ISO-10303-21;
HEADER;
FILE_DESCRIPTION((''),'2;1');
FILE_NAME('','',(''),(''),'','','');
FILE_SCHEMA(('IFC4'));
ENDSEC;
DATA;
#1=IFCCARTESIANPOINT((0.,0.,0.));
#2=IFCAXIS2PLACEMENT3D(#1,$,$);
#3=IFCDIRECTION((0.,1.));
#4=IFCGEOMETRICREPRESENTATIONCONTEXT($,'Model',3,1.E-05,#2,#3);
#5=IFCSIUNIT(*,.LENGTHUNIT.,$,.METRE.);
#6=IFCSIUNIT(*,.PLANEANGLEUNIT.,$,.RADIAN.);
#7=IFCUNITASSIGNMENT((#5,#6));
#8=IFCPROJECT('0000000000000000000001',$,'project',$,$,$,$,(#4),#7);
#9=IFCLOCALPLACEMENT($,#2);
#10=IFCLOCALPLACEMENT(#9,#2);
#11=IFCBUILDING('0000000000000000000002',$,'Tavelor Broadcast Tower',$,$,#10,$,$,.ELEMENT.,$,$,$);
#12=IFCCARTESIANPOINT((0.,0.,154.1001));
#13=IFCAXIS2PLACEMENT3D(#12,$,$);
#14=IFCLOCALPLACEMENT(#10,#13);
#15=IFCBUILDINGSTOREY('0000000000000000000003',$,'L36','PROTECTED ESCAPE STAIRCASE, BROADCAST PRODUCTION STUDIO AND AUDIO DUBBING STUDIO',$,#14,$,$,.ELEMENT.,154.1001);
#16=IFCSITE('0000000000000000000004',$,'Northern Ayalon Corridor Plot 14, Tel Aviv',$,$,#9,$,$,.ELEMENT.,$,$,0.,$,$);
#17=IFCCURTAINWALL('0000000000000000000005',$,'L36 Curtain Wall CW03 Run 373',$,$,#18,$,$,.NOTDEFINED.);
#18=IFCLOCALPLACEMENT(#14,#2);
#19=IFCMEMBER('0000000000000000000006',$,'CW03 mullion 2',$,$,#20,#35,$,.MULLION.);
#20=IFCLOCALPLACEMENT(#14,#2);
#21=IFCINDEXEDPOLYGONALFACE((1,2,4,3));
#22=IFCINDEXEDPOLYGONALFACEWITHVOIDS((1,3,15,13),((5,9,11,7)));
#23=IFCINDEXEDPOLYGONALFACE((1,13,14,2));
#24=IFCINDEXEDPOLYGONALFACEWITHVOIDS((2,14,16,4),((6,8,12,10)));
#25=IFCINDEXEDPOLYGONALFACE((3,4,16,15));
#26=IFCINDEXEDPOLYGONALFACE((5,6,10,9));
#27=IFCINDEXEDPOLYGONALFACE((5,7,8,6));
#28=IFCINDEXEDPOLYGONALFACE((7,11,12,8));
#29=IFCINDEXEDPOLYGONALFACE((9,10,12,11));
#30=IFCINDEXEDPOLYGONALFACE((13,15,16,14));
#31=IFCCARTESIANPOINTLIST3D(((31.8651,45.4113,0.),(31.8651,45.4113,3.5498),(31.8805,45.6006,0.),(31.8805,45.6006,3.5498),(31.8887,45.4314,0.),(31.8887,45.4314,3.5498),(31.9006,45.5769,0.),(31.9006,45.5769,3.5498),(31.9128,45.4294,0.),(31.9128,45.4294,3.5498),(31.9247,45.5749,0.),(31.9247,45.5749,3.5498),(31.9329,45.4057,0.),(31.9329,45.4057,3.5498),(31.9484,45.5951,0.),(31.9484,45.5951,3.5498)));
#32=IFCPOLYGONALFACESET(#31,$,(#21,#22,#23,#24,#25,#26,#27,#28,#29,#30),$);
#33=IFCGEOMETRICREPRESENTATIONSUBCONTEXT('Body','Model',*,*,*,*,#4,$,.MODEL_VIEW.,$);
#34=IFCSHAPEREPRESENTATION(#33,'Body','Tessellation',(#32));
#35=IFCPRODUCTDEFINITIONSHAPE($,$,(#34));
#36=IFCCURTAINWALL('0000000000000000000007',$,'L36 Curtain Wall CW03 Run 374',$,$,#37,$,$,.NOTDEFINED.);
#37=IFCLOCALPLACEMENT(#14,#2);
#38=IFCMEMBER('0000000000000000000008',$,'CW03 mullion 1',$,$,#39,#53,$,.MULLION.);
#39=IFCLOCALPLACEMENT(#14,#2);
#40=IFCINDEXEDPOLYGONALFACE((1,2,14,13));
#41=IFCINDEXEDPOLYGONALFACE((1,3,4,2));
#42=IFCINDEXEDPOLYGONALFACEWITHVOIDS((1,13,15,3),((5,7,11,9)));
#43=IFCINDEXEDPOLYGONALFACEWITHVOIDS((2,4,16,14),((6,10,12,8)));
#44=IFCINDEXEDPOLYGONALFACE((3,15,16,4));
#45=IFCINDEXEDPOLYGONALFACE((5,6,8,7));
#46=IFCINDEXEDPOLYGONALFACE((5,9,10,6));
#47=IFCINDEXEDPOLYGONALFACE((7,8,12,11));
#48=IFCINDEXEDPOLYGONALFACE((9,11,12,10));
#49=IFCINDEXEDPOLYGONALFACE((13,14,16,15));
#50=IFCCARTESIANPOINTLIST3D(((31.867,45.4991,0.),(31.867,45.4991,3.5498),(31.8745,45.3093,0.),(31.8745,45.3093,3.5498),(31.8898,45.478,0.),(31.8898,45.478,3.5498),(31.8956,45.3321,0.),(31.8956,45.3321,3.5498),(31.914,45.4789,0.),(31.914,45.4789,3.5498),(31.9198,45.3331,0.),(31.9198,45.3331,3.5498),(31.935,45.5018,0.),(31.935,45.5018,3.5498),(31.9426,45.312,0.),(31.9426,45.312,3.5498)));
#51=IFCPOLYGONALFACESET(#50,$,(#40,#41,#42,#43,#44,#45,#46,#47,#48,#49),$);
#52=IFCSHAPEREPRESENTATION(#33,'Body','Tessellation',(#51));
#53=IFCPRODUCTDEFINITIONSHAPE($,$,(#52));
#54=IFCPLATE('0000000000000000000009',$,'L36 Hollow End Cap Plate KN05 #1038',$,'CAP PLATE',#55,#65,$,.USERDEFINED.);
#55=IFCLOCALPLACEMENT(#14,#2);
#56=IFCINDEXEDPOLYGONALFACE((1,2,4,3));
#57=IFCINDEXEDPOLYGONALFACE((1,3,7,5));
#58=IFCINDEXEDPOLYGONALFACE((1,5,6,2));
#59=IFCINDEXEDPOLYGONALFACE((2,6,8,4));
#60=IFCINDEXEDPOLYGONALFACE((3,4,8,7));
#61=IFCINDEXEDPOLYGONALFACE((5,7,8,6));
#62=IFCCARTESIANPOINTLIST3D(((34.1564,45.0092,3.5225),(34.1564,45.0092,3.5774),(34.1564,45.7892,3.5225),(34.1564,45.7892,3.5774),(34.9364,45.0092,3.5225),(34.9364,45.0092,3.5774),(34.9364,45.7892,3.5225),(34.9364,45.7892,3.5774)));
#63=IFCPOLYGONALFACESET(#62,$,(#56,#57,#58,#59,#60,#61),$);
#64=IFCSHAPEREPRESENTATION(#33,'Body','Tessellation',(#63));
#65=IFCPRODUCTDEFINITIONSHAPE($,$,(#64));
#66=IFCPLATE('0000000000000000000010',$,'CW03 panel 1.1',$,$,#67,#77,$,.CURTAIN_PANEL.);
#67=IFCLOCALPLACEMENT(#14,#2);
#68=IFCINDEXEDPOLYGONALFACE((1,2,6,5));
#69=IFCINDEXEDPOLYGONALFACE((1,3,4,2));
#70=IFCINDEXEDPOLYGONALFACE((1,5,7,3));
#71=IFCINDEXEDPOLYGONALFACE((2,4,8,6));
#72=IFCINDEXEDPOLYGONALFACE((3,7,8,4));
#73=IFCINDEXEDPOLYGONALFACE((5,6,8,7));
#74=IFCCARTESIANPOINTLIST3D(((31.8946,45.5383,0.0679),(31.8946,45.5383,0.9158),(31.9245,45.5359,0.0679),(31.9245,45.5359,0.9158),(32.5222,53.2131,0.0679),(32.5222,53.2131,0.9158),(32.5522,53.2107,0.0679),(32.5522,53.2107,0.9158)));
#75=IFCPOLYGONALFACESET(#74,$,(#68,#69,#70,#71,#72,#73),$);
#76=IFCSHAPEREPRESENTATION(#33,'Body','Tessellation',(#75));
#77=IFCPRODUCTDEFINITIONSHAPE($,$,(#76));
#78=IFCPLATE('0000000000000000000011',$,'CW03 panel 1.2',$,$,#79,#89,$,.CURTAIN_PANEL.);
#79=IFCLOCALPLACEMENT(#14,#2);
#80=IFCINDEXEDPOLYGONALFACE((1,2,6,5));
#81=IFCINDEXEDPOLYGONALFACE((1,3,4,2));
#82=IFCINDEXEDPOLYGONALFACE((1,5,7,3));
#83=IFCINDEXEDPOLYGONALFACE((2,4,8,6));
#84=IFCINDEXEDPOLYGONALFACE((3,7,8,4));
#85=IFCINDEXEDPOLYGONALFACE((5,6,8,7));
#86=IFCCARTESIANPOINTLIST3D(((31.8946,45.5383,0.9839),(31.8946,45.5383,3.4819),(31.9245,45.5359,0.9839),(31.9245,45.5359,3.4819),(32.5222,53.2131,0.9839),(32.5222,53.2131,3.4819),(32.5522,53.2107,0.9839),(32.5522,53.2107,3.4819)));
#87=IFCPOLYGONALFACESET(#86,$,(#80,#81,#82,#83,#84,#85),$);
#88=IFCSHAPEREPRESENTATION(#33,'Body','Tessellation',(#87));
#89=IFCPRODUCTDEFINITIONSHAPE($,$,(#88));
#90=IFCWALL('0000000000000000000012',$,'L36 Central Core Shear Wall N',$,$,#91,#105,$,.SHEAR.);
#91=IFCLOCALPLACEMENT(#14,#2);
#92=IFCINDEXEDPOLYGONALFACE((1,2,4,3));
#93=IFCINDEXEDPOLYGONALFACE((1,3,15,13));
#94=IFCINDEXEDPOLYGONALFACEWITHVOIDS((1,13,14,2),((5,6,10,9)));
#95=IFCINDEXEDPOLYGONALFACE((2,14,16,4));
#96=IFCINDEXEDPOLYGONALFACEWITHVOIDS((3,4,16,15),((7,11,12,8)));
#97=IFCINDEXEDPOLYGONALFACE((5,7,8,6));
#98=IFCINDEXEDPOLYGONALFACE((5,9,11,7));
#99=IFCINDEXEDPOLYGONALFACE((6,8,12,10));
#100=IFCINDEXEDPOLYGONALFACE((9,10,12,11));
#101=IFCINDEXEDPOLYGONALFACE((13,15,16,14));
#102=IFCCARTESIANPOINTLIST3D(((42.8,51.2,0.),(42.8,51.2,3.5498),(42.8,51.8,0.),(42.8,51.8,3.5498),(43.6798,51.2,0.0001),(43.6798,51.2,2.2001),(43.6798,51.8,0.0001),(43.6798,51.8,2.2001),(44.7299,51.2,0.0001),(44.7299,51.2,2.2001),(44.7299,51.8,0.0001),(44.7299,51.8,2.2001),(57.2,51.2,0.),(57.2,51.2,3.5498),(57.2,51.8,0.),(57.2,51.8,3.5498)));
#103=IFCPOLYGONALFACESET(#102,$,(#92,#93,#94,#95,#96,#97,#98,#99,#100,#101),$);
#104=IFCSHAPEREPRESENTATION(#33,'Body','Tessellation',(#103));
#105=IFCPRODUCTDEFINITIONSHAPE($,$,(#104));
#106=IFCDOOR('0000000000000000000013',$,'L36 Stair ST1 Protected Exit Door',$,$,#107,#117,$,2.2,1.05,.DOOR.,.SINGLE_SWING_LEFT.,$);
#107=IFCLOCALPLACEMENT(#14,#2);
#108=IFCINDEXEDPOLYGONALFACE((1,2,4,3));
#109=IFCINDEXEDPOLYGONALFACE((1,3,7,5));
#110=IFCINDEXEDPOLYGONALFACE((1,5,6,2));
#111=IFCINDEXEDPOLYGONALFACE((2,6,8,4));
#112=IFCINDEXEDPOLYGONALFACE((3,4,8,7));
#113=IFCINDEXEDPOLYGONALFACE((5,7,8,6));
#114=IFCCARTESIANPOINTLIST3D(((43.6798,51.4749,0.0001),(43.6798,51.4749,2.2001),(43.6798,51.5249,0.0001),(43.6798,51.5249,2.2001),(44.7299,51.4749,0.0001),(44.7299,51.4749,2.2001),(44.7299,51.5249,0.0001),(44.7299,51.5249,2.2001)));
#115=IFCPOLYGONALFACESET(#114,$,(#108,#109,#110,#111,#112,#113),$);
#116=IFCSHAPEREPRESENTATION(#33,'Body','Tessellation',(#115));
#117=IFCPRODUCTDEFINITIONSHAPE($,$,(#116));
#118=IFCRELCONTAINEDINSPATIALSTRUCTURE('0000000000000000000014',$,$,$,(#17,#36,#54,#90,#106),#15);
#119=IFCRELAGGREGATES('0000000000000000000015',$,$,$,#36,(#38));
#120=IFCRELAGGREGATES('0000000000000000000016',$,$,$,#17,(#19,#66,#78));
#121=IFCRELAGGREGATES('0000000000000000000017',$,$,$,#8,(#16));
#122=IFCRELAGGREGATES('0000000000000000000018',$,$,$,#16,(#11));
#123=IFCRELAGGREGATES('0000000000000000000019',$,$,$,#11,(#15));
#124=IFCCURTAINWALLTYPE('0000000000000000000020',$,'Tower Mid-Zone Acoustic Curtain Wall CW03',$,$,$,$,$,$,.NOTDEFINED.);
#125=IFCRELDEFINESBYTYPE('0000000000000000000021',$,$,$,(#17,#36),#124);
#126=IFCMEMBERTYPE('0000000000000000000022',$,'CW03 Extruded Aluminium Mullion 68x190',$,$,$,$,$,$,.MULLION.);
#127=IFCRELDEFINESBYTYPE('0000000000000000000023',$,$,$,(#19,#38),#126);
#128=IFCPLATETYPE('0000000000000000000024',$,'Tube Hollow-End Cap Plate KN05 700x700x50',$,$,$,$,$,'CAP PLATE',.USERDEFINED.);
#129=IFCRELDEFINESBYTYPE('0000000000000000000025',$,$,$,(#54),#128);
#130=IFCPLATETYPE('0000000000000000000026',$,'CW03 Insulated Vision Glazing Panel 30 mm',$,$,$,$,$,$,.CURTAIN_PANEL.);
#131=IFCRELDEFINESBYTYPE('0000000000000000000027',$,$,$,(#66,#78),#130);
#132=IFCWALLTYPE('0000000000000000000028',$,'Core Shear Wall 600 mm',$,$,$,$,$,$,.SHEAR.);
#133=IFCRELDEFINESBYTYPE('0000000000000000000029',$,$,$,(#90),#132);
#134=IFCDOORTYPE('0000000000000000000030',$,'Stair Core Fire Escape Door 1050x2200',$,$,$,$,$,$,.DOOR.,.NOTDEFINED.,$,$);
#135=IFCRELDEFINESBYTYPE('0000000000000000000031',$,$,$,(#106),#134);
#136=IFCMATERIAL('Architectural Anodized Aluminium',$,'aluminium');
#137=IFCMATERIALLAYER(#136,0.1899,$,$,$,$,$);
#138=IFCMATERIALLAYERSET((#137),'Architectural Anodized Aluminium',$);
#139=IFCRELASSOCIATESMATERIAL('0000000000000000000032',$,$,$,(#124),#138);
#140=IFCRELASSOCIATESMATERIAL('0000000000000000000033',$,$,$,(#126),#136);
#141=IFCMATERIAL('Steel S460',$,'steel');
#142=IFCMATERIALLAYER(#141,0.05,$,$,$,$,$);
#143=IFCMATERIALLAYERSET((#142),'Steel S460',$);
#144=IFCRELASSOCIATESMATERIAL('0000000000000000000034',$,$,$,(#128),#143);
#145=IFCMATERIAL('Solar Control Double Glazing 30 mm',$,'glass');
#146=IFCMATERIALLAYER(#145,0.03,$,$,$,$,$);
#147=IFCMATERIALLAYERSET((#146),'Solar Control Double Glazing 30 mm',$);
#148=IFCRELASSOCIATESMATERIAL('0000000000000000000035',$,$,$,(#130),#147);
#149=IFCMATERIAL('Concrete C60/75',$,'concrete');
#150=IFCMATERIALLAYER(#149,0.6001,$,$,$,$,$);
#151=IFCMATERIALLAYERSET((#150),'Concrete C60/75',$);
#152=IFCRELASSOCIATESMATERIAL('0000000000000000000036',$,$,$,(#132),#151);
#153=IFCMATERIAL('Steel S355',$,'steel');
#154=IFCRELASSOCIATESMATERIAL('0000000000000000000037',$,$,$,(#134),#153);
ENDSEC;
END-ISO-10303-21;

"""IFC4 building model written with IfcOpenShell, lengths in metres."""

from ifc_helpers import new_model, si_unit, direction, frame, frame_2d, origin, origin_2d, place, context, subcontext, project, spatial, rectangle, hollow_rectangle, extrude, source, transform, mapped, material, layer, layer_set, material_profile, profile_set, type_object, type_shapes, element, fill, aggregate, save


model = new_model("IFC4")

# Units and contexts
model_context = context("Model", 3, precision=1e-05, world=origin(), true_north=direction((0.0, 1.0)))
body_context = subcontext(model_context, "Body", "Model", "MODEL_VIEW")
ifc_project = project(units=[si_unit("LENGTHUNIT", "METRE"), si_unit("PLANEANGLEUNIT", "RADIAN")], contexts=[model_context])

# Site, building, storey
site_placement = place(None, origin())
site = spatial("IfcSite", under=ifc_project, at=site_placement, Name="Northern Ayalon Corridor Plot 14, Tel Aviv", CompositionType="ELEMENT", RefElevation=0.0)
building_placement = place(site_placement, origin())
building = spatial("IfcBuilding", under=site, at=building_placement, Name="Tavelor Broadcast Tower", CompositionType="ELEMENT")
storey_placement = place(building_placement, frame((0.0, 0.0, 154.1001)))
storey = spatial("IfcBuildingStorey", under=building, at=storey_placement, Name="L36", Description="PROTECTED ESCAPE STAIRCASE, BROADCAST PRODUCTION STUDIO AND AUDIO DUBBING STUDIO", CompositionType="ELEMENT", Elevation=154.1001)

# Shared definitions
ifc_material_1 = material(Name="Concrete C60/75", Category="concrete")

# Shared definitions
ifc_material_2 = material(Name="Steel S355", Category="steel")

# Curtain walls, members
ifc_material_3 = material(Name="Architectural Anodized Aluminium", Category="aluminium")
ifc_layer_1 = layer(ifc_material_3, 0.1899)
ifc_layer_set_1 = layer_set([ifc_layer_1], Name="Architectural Anodized Aluminium")
curtain_wall_type = type_object("IfcCurtainWallType", Name="Tower Mid-Zone Acoustic Curtain Wall CW03", PredefinedType="NOTDEFINED", material=ifc_layer_set_1)
curtain_wall_1_placement = place(storey_placement, origin())
curtain_wall_1 = element("IfcCurtainWall", 1, at=curtain_wall_1_placement, inside=storey, type_object=curtain_wall_type, Name="L36 Curtain Wall CW03 Run 373", PredefinedType="NOTDEFINED")
ifc_material_profile_1 = material_profile(ifc_material_3, hollow_rectangle(XDim=0.0681, YDim=0.1899, WallThickness=0.022, at=origin_2d()), Name="RHS 68x190x22")
ifc_profile_set_1 = profile_set([ifc_material_profile_1], Name="Architectural Anodized Aluminium")
member_type = type_object("IfcMemberType", Name="CW03 Extruded Aluminium Mullion 68x190", PredefinedType="MULLION", material=ifc_profile_set_1)
shared_shape_1 = source(origin(), body_context, "Body", "SweptSolid", [
    extrude(hollow_rectangle(XDim=0.0681, YDim=0.1899, WallThickness=0.022, at=origin_2d()), origin(), (0.0, 0.0, 1.0), 3.5498),
])
type_shapes(member_type, [shared_shape_1])
member_1_placement = place(storey_placement, frame((31.9067, 45.5032, 0.0), z_axis=(0.0, 0.0, 1.0), x_axis=(0.996673, -0.081504, 0.0)))
member_1 = element("IfcMember", 2, at=member_1_placement, type_object=member_type, Name="CW03 mullion 2", PredefinedType="MULLION", context=body_context, shape_type="MappedRepresentation", body=[
    mapped(shared_shape_1, transform((0.0, 0.0, 0.0), scale=1.0)),
])
curtain_wall_2_placement = place(storey_placement, origin())
curtain_wall_2 = element("IfcCurtainWall", 3, at=curtain_wall_2_placement, inside=storey, type_object=curtain_wall_type, Name="L36 Curtain Wall CW03 Run 374", PredefinedType="NOTDEFINED")
member_2_placement = place(storey_placement, frame((31.9048, 45.4055, 0.0), z_axis=(0.0, 0.0, 1.0), x_axis=(0.999211, 0.039711, 0.0)))
member_2 = element("IfcMember", 4, at=member_2_placement, type_object=member_type, Name="CW03 mullion 1", PredefinedType="MULLION", context=body_context, shape_type="MappedRepresentation", body=[
    mapped(shared_shape_1, transform((0.0, 0.0, 0.0), scale=1.0)),
])
aggregate(curtain_wall_2, [member_2])

# Plates
ifc_material_4 = material(Name="Steel S460", Category="steel")
ifc_layer_2 = layer(ifc_material_4, 0.05)
ifc_layer_set_2 = layer_set([ifc_layer_2], Name="Steel S460")
plate_type_1 = type_object("IfcPlateType", Name="Tube Hollow-End Cap Plate KN05 700x700x50", ElementType="CAP PLATE", PredefinedType="USERDEFINED", material=ifc_layer_set_2)
shared_shape_2 = source(origin(), body_context, "Body", "SweptSolid", [
    extrude(rectangle(XDim=0.78, YDim=0.78, at=origin_2d()), origin(), (0.0, 0.0, 1.0), 0.0549),
])
type_shapes(plate_type_1, [shared_shape_2])
plate_1_placement = place(storey_placement, frame((34.5464, 45.3992, 3.5225), z_axis=(0.0, 0.0, 1.0), x_axis=(1.0, 0.0, 0.0)))
element("IfcPlate", 5, at=plate_1_placement, inside=storey, type_object=plate_type_1, Name="L36 Hollow End Cap Plate KN05 #1038", ObjectType="CAP PLATE", PredefinedType="USERDEFINED", context=body_context, shape_type="MappedRepresentation", body=[
    mapped(shared_shape_2, transform((0.0, 0.0, 0.0), scale=1.0)),
])
ifc_material_5 = material(Name="Solar Control Double Glazing 30 mm", Category="glass")
ifc_layer_3 = layer(ifc_material_5, 0.03)
ifc_layer_set_3 = layer_set([ifc_layer_3], Name="Solar Control Double Glazing 30 mm")
plate_type_2 = type_object("IfcPlateType", Name="CW03 Insulated Vision Glazing Panel 30 mm", PredefinedType="CURTAIN_PANEL", material=ifc_layer_set_3)
shared_shape_3 = source(origin(), body_context, "Body", "SweptSolid", [
    extrude(rectangle(XDim=7.7004, YDim=0.03, at=origin_2d()), origin(), (0.0, 0.0, 1.0), 0.8479),
])
plate_2_placement = place(storey_placement, frame((32.2234, 49.3745, 0.0679), z_axis=(0.0, 0.0, 1.0), x_axis=(-0.081504, -0.996673, 0.0)))
plate_2 = element("IfcPlate", 6, at=plate_2_placement, type_object=plate_type_2, Name="CW03 panel 1.1", PredefinedType="CURTAIN_PANEL", context=body_context, shape_type="MappedRepresentation", body=[
    mapped(shared_shape_3, transform((0.0, 0.0, 0.0), scale=1.0)),
])
shared_shape_4 = source(origin(), body_context, "Body", "SweptSolid", [
    extrude(rectangle(XDim=7.7004, YDim=0.03, at=origin_2d()), origin(), (0.0, 0.0, 1.0), 2.498),
])
type_shapes(plate_type_2, [shared_shape_3, shared_shape_4])
plate_3_placement = place(storey_placement, frame((32.2234, 49.3745, 0.9839), z_axis=(0.0, 0.0, 1.0), x_axis=(-0.081504, -0.996673, 0.0)))
plate_3 = element("IfcPlate", 7, at=plate_3_placement, type_object=plate_type_2, Name="CW03 panel 1.2", PredefinedType="CURTAIN_PANEL", context=body_context, shape_type="MappedRepresentation", body=[
    mapped(shared_shape_4, transform((0.0, 0.0, 0.0), scale=1.0)),
])
aggregate(curtain_wall_1, [member_1, plate_2, plate_3])

# Wall, opening, door
ifc_layer_4 = layer(ifc_material_1, 0.6001)
ifc_layer_set_4 = layer_set([ifc_layer_4], Name="Concrete C60/75")
wall_type_1 = type_object("IfcWallType", Name="Core Shear Wall 600 mm", PredefinedType="SHEAR", material=ifc_layer_set_4)
wall_1_placement = place(storey_placement, frame((42.8, 51.5, 0.0), z_axis=(0.0, 0.0, 1.0), x_axis=(1.0, 0.0, 0.0)))
wall_1 = element("IfcWall", 8, at=wall_1_placement, inside=storey, type_object=wall_type_1, Name="L36 Central Core Shear Wall N", PredefinedType="SHEAR", context=body_context, shape_type="SweptSolid", body=[
    extrude(rectangle(XDim=14.3999, YDim=0.6001, at=frame_2d((7.2, 0.0))), origin(), (0.0, 0.0, 1.0), 3.5498),
])
opening_1_placement = place(wall_1_placement, frame((0.8799, 0.0, 0.0)))
opening_1 = element("IfcOpeningElement", 9, at=opening_1_placement, cuts=wall_1, PredefinedType="OPENING", context=body_context, shape_type="SweptSolid", body=[
    extrude(rectangle(XDim=1.05, YDim=2.2, at=frame_2d((0.5249, 1.1001))), frame((0.0, 0.3101, 0.0), z_axis=(0.0, -1.0, 0.0), x_axis=(1.0, 0.0, 0.0)), (0.0, 0.0, 1.0), 0.6201),
])
door_type_1 = type_object("IfcDoorType", Name="Stair Core Fire Escape Door 1050x2200", OperationType="NOTDEFINED", PredefinedType="DOOR", material=ifc_material_2)
door_1_placement = place(opening_1_placement, origin())
door_1 = element("IfcDoor", 10, at=door_1_placement, inside=storey, type_object=door_type_1, Name="L36 Stair ST1 Protected Exit Door", OperationType="SINGLE_SWING_LEFT", OverallHeight=2.2, OverallWidth=1.05, PredefinedType="DOOR", context=body_context, shape_type="SweptSolid", body=[
    extrude(rectangle(XDim=1.05, YDim=2.2, at=frame_2d((0.5249, 1.1001))), frame((0.0, 0.0249, 0.0), z_axis=(0.0, -1.0, 0.0), x_axis=(1.0, 0.0, 0.0)), (0.0, 0.0, 1.0), 0.05),
])
fill(opening_1, door_1)

save(model, "model.ifc")
